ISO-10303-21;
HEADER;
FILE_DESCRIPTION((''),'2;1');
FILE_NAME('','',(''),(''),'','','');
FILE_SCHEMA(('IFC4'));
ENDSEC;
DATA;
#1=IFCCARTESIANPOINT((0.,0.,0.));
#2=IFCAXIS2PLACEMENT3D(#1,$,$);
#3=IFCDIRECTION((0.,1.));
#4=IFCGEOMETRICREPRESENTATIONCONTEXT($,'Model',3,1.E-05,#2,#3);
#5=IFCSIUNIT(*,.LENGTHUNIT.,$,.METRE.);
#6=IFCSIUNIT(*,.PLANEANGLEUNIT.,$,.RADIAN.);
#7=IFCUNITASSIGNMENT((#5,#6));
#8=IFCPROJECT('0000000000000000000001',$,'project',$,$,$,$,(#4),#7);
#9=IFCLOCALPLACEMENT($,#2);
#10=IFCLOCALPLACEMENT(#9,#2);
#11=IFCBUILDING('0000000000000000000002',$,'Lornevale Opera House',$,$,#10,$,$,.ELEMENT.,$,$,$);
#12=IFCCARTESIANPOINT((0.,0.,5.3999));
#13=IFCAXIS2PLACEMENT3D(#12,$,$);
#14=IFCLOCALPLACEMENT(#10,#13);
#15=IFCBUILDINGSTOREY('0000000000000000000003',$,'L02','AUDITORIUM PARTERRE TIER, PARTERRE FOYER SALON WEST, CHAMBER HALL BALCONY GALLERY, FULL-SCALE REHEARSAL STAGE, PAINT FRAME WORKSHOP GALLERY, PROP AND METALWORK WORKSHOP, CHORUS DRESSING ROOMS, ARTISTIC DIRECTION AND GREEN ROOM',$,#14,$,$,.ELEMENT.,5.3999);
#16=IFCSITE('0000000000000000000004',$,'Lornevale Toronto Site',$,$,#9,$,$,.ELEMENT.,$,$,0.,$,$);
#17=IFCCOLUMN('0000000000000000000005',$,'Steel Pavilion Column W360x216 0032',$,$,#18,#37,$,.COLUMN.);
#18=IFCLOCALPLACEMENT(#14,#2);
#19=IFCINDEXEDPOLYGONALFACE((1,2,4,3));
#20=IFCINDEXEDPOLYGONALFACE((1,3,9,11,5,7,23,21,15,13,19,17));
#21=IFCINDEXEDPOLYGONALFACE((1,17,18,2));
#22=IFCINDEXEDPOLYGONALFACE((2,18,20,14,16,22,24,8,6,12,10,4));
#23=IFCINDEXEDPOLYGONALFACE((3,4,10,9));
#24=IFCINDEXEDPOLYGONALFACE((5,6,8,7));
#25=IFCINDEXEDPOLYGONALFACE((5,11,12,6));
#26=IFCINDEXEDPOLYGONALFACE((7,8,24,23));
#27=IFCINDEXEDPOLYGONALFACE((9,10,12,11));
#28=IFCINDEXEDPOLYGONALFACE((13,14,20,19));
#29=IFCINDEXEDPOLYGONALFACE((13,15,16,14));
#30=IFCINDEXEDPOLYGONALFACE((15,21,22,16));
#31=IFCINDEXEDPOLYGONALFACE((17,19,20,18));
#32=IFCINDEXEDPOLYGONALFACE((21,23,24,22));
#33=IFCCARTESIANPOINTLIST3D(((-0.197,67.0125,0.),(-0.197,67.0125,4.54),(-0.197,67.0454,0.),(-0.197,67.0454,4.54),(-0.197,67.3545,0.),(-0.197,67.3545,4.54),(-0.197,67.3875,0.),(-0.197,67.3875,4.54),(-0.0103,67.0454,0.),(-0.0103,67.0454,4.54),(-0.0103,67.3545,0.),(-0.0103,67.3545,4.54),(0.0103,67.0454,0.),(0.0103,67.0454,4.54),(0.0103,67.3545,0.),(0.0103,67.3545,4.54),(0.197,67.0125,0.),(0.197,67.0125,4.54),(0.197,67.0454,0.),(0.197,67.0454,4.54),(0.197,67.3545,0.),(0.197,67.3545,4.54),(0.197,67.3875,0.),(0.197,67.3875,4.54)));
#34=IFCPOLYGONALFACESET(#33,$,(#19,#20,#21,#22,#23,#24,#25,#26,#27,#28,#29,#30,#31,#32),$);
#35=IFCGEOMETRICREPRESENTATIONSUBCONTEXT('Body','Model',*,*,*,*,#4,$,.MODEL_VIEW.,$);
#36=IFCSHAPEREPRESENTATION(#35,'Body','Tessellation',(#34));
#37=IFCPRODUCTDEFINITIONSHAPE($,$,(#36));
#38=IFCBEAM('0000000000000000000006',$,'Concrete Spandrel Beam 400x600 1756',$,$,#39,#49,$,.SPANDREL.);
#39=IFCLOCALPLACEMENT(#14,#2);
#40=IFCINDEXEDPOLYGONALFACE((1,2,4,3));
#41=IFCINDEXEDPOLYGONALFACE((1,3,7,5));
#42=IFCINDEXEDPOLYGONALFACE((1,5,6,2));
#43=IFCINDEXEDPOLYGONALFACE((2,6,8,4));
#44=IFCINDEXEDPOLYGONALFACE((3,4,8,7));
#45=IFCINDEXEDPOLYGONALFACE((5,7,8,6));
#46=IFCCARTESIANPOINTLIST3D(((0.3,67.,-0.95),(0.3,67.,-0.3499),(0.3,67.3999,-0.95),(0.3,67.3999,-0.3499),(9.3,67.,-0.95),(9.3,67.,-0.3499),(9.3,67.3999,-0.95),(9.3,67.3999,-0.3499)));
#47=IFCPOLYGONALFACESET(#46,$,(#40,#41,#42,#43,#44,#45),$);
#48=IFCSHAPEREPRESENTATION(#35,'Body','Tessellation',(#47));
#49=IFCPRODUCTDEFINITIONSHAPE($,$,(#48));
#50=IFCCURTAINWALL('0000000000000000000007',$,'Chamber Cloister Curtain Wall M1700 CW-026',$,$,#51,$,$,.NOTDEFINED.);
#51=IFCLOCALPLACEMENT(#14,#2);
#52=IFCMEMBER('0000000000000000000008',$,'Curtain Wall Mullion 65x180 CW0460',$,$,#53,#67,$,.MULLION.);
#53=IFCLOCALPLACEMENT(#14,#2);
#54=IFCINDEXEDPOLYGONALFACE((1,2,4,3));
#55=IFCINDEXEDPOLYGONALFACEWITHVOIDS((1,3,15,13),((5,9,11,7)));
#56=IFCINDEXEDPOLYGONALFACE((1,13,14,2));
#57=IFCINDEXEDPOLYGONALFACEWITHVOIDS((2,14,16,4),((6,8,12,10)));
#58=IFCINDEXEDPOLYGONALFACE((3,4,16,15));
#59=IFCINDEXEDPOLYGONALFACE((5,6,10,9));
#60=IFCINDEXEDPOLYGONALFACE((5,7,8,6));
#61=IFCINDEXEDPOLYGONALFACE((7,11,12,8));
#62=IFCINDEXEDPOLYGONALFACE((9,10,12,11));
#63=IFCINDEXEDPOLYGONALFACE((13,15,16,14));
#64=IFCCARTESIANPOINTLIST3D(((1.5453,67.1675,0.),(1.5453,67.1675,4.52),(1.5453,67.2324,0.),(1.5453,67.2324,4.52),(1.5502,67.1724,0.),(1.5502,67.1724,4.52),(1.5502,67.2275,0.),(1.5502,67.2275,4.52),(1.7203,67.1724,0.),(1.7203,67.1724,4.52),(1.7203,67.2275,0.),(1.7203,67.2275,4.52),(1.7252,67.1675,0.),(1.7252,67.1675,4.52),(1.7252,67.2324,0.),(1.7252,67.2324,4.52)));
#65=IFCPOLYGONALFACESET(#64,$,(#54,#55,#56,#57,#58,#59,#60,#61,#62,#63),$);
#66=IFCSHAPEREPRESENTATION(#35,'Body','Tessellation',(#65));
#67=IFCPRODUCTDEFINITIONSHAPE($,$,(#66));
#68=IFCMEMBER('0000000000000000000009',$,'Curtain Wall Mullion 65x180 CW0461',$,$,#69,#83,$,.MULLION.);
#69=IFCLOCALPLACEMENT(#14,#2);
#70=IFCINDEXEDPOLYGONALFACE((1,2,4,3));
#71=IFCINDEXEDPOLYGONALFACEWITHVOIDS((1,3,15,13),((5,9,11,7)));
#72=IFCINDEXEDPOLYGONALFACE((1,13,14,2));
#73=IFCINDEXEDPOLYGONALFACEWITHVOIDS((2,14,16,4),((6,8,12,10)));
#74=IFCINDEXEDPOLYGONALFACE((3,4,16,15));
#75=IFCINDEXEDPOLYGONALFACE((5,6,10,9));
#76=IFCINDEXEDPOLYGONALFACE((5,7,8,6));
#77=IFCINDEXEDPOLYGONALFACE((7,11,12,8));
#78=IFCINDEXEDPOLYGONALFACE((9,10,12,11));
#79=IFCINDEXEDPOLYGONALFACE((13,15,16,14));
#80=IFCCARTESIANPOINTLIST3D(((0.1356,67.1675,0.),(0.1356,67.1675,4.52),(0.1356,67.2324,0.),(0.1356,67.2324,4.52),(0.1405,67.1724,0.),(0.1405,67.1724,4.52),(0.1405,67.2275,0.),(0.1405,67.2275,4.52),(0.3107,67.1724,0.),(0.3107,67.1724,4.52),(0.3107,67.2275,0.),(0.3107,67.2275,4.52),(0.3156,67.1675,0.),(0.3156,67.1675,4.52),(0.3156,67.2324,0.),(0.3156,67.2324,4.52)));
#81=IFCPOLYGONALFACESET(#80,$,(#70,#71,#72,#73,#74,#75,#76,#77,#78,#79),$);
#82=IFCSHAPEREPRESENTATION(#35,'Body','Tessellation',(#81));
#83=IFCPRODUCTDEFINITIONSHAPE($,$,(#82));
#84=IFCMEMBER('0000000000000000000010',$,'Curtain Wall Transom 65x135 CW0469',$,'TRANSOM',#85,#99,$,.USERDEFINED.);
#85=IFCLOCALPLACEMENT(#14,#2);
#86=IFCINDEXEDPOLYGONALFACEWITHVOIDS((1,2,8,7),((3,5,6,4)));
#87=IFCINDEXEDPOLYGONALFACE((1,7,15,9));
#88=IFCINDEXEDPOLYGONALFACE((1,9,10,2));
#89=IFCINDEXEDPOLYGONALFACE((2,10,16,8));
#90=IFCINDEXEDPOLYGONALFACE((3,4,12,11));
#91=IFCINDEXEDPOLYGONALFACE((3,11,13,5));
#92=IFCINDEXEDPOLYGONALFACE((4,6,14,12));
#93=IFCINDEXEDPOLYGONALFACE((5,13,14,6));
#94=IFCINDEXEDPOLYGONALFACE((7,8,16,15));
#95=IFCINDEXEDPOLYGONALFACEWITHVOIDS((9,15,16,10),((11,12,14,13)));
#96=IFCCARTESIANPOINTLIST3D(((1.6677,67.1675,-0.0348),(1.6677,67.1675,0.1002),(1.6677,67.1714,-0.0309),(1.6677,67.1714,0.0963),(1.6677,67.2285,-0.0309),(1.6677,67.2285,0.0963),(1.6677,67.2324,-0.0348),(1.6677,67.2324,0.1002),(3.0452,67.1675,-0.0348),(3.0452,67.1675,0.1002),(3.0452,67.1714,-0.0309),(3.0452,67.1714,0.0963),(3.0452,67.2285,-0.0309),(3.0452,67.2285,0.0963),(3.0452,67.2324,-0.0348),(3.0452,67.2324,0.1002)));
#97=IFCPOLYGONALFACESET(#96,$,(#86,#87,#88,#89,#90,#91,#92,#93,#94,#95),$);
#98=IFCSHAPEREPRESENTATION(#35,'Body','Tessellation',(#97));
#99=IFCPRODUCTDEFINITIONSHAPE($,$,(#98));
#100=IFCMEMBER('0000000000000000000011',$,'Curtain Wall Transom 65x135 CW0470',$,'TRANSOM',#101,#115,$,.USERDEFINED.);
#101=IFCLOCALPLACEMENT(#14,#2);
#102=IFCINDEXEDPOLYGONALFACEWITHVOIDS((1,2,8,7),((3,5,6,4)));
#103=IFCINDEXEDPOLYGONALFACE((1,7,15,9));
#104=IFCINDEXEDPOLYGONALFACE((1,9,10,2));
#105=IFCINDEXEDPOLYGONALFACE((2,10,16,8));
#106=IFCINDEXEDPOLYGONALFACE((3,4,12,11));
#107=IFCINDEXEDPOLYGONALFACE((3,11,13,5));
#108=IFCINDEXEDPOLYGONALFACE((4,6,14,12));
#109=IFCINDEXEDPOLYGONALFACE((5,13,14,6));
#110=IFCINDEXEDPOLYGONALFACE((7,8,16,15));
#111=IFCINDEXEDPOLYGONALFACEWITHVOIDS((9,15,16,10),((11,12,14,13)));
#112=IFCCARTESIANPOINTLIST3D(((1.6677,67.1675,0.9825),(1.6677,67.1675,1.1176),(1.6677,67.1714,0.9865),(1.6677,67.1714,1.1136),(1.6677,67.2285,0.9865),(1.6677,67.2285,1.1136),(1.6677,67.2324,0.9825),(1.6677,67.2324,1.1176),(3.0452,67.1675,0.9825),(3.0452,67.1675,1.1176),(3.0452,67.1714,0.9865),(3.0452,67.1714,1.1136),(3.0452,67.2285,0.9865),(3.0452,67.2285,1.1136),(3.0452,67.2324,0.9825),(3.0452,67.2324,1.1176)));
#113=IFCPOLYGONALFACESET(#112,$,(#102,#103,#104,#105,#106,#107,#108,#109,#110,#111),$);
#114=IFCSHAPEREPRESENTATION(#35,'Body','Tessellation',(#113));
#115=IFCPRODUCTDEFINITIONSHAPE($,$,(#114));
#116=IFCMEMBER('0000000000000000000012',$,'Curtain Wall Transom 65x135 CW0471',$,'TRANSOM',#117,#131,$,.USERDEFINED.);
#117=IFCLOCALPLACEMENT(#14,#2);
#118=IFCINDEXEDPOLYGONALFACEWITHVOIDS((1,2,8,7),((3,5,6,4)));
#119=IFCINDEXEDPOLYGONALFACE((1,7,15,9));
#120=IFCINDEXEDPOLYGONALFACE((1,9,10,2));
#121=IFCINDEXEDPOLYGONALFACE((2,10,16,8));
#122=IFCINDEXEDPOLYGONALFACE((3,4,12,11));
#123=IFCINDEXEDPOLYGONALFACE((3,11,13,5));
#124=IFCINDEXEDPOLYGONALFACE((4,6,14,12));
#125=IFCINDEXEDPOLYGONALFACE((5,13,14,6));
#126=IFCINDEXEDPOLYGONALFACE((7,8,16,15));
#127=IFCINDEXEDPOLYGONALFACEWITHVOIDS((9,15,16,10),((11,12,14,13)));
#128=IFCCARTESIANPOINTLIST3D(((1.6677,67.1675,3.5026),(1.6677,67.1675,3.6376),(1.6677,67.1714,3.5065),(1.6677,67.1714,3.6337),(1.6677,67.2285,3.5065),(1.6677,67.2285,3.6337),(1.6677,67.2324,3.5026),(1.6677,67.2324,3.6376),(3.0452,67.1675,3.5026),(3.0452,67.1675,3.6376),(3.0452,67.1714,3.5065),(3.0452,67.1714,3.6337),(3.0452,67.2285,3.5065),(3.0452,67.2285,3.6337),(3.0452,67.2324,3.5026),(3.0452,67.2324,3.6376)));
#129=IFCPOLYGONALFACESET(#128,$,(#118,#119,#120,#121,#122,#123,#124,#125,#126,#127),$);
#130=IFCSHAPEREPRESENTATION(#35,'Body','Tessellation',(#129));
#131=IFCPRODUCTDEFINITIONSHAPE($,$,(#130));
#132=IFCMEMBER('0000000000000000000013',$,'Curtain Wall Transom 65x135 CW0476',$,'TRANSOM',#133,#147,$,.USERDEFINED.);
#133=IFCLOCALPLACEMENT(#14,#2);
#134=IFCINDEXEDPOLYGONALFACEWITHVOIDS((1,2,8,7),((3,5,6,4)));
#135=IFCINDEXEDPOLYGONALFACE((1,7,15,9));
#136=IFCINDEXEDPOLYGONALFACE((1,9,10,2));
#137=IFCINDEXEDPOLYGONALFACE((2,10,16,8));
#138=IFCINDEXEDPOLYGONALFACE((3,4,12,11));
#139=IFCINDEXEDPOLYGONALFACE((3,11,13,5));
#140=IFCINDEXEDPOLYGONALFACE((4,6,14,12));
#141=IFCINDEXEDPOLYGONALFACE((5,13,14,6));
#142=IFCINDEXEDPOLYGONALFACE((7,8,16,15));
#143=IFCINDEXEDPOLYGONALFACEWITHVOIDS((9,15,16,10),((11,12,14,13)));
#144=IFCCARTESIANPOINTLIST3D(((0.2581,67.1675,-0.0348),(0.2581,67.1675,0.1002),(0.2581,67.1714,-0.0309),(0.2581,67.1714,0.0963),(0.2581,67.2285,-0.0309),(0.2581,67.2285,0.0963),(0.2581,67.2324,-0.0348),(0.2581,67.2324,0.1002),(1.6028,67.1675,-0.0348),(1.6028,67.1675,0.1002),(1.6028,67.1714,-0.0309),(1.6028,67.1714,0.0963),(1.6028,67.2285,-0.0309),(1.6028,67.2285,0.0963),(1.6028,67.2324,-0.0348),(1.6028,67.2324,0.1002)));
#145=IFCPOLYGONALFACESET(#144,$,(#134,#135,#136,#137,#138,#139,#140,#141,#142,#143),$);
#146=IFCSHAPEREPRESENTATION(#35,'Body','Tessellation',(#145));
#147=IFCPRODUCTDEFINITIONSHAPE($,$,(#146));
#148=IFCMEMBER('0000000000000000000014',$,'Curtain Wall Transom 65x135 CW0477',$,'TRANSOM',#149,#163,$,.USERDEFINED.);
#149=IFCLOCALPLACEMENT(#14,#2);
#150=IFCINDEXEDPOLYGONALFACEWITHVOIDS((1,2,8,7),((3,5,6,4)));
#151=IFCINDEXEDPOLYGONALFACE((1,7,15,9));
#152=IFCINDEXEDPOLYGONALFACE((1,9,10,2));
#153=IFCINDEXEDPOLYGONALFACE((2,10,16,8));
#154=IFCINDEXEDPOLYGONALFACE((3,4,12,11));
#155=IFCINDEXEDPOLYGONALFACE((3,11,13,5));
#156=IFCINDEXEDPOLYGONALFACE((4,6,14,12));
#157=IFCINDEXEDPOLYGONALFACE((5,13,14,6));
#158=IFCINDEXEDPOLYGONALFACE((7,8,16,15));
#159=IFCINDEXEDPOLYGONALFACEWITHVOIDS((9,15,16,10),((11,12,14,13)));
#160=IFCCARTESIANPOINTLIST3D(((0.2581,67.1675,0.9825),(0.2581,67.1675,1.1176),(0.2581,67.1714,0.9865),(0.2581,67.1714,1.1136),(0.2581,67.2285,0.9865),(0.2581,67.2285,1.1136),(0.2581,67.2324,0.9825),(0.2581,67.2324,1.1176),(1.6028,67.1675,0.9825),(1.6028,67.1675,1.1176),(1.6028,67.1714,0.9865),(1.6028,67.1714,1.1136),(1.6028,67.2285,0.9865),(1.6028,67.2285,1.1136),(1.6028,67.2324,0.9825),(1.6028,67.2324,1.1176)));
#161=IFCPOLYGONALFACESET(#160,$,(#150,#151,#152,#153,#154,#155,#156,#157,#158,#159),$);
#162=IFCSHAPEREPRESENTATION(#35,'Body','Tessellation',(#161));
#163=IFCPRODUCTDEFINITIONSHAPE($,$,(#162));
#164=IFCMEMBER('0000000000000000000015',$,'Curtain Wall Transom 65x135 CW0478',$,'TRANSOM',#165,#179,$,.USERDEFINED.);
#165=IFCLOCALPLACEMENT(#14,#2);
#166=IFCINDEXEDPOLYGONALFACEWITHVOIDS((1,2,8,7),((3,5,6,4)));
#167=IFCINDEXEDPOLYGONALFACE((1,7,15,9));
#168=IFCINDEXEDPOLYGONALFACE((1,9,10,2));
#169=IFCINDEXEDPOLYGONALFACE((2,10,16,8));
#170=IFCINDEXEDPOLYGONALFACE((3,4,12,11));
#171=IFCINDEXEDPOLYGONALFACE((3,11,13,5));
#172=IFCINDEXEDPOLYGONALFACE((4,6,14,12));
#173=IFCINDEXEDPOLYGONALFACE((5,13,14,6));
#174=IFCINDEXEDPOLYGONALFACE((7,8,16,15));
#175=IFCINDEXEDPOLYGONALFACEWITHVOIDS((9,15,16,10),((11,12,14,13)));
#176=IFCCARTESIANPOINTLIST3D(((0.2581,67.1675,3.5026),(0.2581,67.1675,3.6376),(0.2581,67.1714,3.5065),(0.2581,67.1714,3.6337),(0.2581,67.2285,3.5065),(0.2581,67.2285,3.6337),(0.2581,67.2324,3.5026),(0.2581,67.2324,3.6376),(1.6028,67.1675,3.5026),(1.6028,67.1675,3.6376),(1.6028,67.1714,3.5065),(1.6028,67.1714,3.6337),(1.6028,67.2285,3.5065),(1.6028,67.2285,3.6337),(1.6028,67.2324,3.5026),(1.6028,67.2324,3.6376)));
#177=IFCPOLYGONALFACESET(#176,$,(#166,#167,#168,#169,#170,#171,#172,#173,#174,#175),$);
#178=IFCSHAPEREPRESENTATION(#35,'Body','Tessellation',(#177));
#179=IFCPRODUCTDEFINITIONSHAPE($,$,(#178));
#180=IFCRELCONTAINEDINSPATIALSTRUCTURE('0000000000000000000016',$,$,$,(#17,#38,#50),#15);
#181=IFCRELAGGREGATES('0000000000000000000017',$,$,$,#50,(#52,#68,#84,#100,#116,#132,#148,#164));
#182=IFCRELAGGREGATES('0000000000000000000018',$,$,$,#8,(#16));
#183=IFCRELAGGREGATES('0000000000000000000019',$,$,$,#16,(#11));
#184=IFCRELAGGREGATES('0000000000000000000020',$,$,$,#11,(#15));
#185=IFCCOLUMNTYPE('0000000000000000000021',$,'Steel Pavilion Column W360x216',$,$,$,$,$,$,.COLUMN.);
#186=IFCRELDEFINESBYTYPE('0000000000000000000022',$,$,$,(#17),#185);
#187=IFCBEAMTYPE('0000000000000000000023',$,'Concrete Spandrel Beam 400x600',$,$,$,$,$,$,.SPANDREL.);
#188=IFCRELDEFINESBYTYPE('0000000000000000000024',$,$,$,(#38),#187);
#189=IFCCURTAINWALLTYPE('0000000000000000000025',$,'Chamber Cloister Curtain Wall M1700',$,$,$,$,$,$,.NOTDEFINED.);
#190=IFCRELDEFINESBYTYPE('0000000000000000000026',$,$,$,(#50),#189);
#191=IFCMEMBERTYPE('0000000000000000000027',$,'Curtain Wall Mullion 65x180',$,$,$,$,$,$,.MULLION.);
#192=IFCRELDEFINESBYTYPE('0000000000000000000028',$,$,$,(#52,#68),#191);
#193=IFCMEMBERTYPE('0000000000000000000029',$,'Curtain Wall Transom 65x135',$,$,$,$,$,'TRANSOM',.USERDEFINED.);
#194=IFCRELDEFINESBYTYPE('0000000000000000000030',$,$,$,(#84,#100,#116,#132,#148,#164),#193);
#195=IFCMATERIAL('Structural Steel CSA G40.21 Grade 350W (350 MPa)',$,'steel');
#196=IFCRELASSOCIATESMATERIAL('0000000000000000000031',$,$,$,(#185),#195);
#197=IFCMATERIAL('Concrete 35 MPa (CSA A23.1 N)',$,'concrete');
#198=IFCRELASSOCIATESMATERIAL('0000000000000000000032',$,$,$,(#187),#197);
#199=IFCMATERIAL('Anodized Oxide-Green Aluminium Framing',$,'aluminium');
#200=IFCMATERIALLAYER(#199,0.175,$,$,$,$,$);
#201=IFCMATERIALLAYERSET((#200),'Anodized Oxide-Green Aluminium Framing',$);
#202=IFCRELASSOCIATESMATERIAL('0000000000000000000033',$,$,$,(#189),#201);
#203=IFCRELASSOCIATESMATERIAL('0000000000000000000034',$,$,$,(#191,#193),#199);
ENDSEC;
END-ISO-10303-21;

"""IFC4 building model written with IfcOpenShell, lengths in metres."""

from ifc_helpers import new_model, si_unit, direction, frame, origin, origin_2d, place, context, subcontext, project, spatial, rectangle, hollow_rectangle, i_section, extrude, material, layer, layer_set, material_profile, profile_set, type_object, element, aggregate, save


model = new_model("IFC4")

# Units and contexts
model_context = context("Model", 3, precision=1e-05, world=origin(), true_north=direction((0.0, 1.0)))
body_context = subcontext(model_context, "Body", "Model", "MODEL_VIEW")
ifc_project = project(units=[si_unit("LENGTHUNIT", "METRE"), si_unit("PLANEANGLEUNIT", "RADIAN")], contexts=[model_context])

# Site, building, storey
site_placement = place(None, origin())
site = spatial("IfcSite", under=ifc_project, at=site_placement, Name="Lornevale Toronto Site", CompositionType="ELEMENT", RefElevation=0.0)
building_placement = place(site_placement, origin())
building = spatial("IfcBuilding", under=site, at=building_placement, Name="Lornevale Opera House", CompositionType="ELEMENT")
storey_placement = place(building_placement, frame((0.0, 0.0, 5.3999)))
storey = spatial("IfcBuildingStorey", under=building, at=storey_placement, Name="L02", Description="AUDITORIUM PARTERRE TIER, PARTERRE FOYER SALON WEST, CHAMBER HALL BALCONY GALLERY, FULL-SCALE REHEARSAL STAGE, PAINT FRAME WORKSHOP GALLERY, PROP AND METALWORK WORKSHOP, CHORUS DRESSING ROOMS, ARTISTIC DIRECTION AND GREEN ROOM", CompositionType="ELEMENT", Elevation=5.3999)

# Column
ifc_material_1 = material(Name="Structural Steel CSA G40.21 Grade 350W (350 MPa)", Category="steel")
ifc_material_profile_1 = material_profile(ifc_material_1, i_section(OverallWidth=0.394, OverallDepth=0.375, WebThickness=0.0205, FlangeThickness=0.033, at=origin_2d()), Name="W360x216")
ifc_profile_set_1 = profile_set([ifc_material_profile_1], Name="Structural Steel CSA G40.21 Grade 350W (350 MPa)")
column_type = type_object("IfcColumnType", Name="Steel Pavilion Column W360x216", PredefinedType="COLUMN", material=ifc_profile_set_1)
column_placement = place(storey_placement, frame((0.0, 67.2, 0.0), z_axis=(0.0, 0.0, 1.0), x_axis=(1.0, 0.0, 0.0)))
element("IfcColumn", 1, at=column_placement, inside=storey, type_object=column_type, Name="Steel Pavilion Column W360x216 0032", PredefinedType="COLUMN", context=body_context, shape_type="SweptSolid", body=[
    extrude(i_section(OverallWidth=0.394, OverallDepth=0.375, WebThickness=0.0205, FlangeThickness=0.033, at=origin_2d()), origin(), (0.0, 0.0, 1.0), 4.54),
])

# Beam
ifc_material_2 = material(Name="Concrete 35 MPa (CSA A23.1 N)", Category="concrete")
ifc_material_profile_2 = material_profile(ifc_material_2, rectangle(XDim=0.3999, YDim=0.6001, at=origin_2d()), Name="RC400x600")
ifc_profile_set_2 = profile_set([ifc_material_profile_2], Name="Concrete 35 MPa (CSA A23.1 N)")
beam_type = type_object("IfcBeamType", Name="Concrete Spandrel Beam 400x600", PredefinedType="SPANDREL", material=ifc_profile_set_2)
beam_placement = place(storey_placement, frame((0.3, 67.2, -0.6499), z_axis=(1.0, 0.0, 0.0), x_axis=(0.0, 1.0, 0.0)))
element("IfcBeam", 2, at=beam_placement, inside=storey, type_object=beam_type, Name="Concrete Spandrel Beam 400x600 1756", PredefinedType="SPANDREL", context=body_context, shape_type="SweptSolid", body=[
    extrude(rectangle(XDim=0.3999, YDim=0.6001, at=origin_2d()), origin(), (0.0, 0.0, 1.0), 9.0),
])

# Curtain wall, members
ifc_material_3 = material(Name="Anodized Oxide-Green Aluminium Framing", Category="aluminium")
ifc_layer_1 = layer(ifc_material_3, 0.175)
ifc_layer_set_1 = layer_set([ifc_layer_1], Name="Anodized Oxide-Green Aluminium Framing")
curtain_wall_type = type_object("IfcCurtainWallType", Name="Chamber Cloister Curtain Wall M1700", PredefinedType="NOTDEFINED", material=ifc_layer_set_1)
curtain_wall_1_placement = place(storey_placement, origin())
curtain_wall_1 = element("IfcCurtainWall", 3, at=curtain_wall_1_placement, inside=storey, type_object=curtain_wall_type, Name="Chamber Cloister Curtain Wall M1700 CW-026", PredefinedType="NOTDEFINED")
ifc_material_profile_3 = material_profile(ifc_material_3, hollow_rectangle(XDim=0.0649, YDim=0.1799, WallThickness=0.0049, at=origin_2d()), Name="ALU65x180x5")
ifc_profile_set_3 = profile_set([ifc_material_profile_3], Name="Anodized Oxide-Green Aluminium Framing")
member_type_1 = type_object("IfcMemberType", Name="Curtain Wall Mullion 65x180", PredefinedType="MULLION", material=ifc_profile_set_3)
member_1_placement = place(storey_placement, frame((1.6353, 67.2, 0.0), z_axis=(0.0, 0.0, 1.0), x_axis=(0.0, -1.0, 0.0)))
member_1 = element("IfcMember", 4, at=member_1_placement, type_object=member_type_1, Name="Curtain Wall Mullion 65x180 CW0460", PredefinedType="MULLION", context=body_context, shape_type="SweptSolid", body=[
    extrude(hollow_rectangle(XDim=0.0649, YDim=0.1799, WallThickness=0.0049, at=origin_2d()), origin(), (0.0, 0.0, 1.0), 4.52),
])
member_2_placement = place(storey_placement, frame((0.2256, 67.2, 0.0), z_axis=(0.0, 0.0, 1.0), x_axis=(0.0, -1.0, 0.0)))
member_2 = element("IfcMember", 5, at=member_2_placement, type_object=member_type_1, Name="Curtain Wall Mullion 65x180 CW0461", PredefinedType="MULLION", context=body_context, shape_type="SweptSolid", body=[
    extrude(hollow_rectangle(XDim=0.0649, YDim=0.1799, WallThickness=0.0049, at=origin_2d()), origin(), (0.0, 0.0, 1.0), 4.52),
])
ifc_material_profile_4 = material_profile(ifc_material_3, hollow_rectangle(XDim=0.0649, YDim=0.135, WallThickness=0.0039, at=origin_2d()), Name="ALU65x135x4")
ifc_profile_set_4 = profile_set([ifc_material_profile_4], Name="Anodized Oxide-Green Aluminium Framing")
member_type_2 = type_object("IfcMemberType", Name="Curtain Wall Transom 65x135", ElementType="TRANSOM", PredefinedType="USERDEFINED", material=ifc_profile_set_4)
member_3_placement = place(storey_placement, frame((3.0452, 67.2, 0.0327), z_axis=(-1.0, 0.0, 0.0), x_axis=(0.0, -1.0, 0.0)))
member_3 = element("IfcMember", 6, at=member_3_placement, type_object=member_type_2, Name="Curtain Wall Transom 65x135 CW0469", ObjectType="TRANSOM", PredefinedType="USERDEFINED", context=body_context, shape_type="SweptSolid", body=[
    extrude(hollow_rectangle(XDim=0.0649, YDim=0.135, WallThickness=0.0039, at=origin_2d()), origin(), (0.0, 0.0, 1.0), 1.3774),
])
member_4_placement = place(storey_placement, frame((3.0452, 67.2, 1.05), z_axis=(-1.0, 0.0, 0.0), x_axis=(0.0, -1.0, 0.0)))
member_4 = element("IfcMember", 7, at=member_4_placement, type_object=member_type_2, Name="Curtain Wall Transom 65x135 CW0470", ObjectType="TRANSOM", PredefinedType="USERDEFINED", context=body_context, shape_type="SweptSolid", body=[
    extrude(hollow_rectangle(XDim=0.0649, YDim=0.135, WallThickness=0.0039, at=origin_2d()), origin(), (0.0, 0.0, 1.0), 1.3774),
])
member_5_placement = place(storey_placement, frame((3.0452, 67.2, 3.5701), z_axis=(-1.0, 0.0, 0.0), x_axis=(0.0, -1.0, 0.0)))
member_5 = element("IfcMember", 8, at=member_5_placement, type_object=member_type_2, Name="Curtain Wall Transom 65x135 CW0471", ObjectType="TRANSOM", PredefinedType="USERDEFINED", context=body_context, shape_type="SweptSolid", body=[
    extrude(hollow_rectangle(XDim=0.0649, YDim=0.135, WallThickness=0.0039, at=origin_2d()), origin(), (0.0, 0.0, 1.0), 1.3774),
])
member_6_placement = place(storey_placement, frame((1.6028, 67.2, 0.0327), z_axis=(-1.0, 0.0, 0.0), x_axis=(0.0, -1.0, 0.0)))
member_6 = element("IfcMember", 9, at=member_6_placement, type_object=member_type_2, Name="Curtain Wall Transom 65x135 CW0476", ObjectType="TRANSOM", PredefinedType="USERDEFINED", context=body_context, shape_type="SweptSolid", body=[
    extrude(hollow_rectangle(XDim=0.0649, YDim=0.135, WallThickness=0.0039, at=origin_2d()), origin(), (0.0, 0.0, 1.0), 1.3447),
])
member_7_placement = place(storey_placement, frame((1.6028, 67.2, 1.05), z_axis=(-1.0, 0.0, 0.0), x_axis=(0.0, -1.0, 0.0)))
member_7 = element("IfcMember", 10, at=member_7_placement, type_object=member_type_2, Name="Curtain Wall Transom 65x135 CW0477", ObjectType="TRANSOM", PredefinedType="USERDEFINED", context=body_context, shape_type="SweptSolid", body=[
    extrude(hollow_rectangle(XDim=0.0649, YDim=0.135, WallThickness=0.0039, at=origin_2d()), origin(), (0.0, 0.0, 1.0), 1.3447),
])
member_8_placement = place(storey_placement, frame((1.6028, 67.2, 3.5701), z_axis=(-1.0, 0.0, 0.0), x_axis=(0.0, -1.0, 0.0)))
member_8 = element("IfcMember", 11, at=member_8_placement, type_object=member_type_2, Name="Curtain Wall Transom 65x135 CW0478", ObjectType="TRANSOM", PredefinedType="USERDEFINED", context=body_context, shape_type="SweptSolid", body=[
    extrude(hollow_rectangle(XDim=0.0649, YDim=0.135, WallThickness=0.0039, at=origin_2d()), origin(), (0.0, 0.0, 1.0), 1.3447),
])

aggregate(curtain_wall_1, [member_1, member_2, member_3, member_4, member_5, member_6, member_7, member_8])

save(model, "model.ifc")
